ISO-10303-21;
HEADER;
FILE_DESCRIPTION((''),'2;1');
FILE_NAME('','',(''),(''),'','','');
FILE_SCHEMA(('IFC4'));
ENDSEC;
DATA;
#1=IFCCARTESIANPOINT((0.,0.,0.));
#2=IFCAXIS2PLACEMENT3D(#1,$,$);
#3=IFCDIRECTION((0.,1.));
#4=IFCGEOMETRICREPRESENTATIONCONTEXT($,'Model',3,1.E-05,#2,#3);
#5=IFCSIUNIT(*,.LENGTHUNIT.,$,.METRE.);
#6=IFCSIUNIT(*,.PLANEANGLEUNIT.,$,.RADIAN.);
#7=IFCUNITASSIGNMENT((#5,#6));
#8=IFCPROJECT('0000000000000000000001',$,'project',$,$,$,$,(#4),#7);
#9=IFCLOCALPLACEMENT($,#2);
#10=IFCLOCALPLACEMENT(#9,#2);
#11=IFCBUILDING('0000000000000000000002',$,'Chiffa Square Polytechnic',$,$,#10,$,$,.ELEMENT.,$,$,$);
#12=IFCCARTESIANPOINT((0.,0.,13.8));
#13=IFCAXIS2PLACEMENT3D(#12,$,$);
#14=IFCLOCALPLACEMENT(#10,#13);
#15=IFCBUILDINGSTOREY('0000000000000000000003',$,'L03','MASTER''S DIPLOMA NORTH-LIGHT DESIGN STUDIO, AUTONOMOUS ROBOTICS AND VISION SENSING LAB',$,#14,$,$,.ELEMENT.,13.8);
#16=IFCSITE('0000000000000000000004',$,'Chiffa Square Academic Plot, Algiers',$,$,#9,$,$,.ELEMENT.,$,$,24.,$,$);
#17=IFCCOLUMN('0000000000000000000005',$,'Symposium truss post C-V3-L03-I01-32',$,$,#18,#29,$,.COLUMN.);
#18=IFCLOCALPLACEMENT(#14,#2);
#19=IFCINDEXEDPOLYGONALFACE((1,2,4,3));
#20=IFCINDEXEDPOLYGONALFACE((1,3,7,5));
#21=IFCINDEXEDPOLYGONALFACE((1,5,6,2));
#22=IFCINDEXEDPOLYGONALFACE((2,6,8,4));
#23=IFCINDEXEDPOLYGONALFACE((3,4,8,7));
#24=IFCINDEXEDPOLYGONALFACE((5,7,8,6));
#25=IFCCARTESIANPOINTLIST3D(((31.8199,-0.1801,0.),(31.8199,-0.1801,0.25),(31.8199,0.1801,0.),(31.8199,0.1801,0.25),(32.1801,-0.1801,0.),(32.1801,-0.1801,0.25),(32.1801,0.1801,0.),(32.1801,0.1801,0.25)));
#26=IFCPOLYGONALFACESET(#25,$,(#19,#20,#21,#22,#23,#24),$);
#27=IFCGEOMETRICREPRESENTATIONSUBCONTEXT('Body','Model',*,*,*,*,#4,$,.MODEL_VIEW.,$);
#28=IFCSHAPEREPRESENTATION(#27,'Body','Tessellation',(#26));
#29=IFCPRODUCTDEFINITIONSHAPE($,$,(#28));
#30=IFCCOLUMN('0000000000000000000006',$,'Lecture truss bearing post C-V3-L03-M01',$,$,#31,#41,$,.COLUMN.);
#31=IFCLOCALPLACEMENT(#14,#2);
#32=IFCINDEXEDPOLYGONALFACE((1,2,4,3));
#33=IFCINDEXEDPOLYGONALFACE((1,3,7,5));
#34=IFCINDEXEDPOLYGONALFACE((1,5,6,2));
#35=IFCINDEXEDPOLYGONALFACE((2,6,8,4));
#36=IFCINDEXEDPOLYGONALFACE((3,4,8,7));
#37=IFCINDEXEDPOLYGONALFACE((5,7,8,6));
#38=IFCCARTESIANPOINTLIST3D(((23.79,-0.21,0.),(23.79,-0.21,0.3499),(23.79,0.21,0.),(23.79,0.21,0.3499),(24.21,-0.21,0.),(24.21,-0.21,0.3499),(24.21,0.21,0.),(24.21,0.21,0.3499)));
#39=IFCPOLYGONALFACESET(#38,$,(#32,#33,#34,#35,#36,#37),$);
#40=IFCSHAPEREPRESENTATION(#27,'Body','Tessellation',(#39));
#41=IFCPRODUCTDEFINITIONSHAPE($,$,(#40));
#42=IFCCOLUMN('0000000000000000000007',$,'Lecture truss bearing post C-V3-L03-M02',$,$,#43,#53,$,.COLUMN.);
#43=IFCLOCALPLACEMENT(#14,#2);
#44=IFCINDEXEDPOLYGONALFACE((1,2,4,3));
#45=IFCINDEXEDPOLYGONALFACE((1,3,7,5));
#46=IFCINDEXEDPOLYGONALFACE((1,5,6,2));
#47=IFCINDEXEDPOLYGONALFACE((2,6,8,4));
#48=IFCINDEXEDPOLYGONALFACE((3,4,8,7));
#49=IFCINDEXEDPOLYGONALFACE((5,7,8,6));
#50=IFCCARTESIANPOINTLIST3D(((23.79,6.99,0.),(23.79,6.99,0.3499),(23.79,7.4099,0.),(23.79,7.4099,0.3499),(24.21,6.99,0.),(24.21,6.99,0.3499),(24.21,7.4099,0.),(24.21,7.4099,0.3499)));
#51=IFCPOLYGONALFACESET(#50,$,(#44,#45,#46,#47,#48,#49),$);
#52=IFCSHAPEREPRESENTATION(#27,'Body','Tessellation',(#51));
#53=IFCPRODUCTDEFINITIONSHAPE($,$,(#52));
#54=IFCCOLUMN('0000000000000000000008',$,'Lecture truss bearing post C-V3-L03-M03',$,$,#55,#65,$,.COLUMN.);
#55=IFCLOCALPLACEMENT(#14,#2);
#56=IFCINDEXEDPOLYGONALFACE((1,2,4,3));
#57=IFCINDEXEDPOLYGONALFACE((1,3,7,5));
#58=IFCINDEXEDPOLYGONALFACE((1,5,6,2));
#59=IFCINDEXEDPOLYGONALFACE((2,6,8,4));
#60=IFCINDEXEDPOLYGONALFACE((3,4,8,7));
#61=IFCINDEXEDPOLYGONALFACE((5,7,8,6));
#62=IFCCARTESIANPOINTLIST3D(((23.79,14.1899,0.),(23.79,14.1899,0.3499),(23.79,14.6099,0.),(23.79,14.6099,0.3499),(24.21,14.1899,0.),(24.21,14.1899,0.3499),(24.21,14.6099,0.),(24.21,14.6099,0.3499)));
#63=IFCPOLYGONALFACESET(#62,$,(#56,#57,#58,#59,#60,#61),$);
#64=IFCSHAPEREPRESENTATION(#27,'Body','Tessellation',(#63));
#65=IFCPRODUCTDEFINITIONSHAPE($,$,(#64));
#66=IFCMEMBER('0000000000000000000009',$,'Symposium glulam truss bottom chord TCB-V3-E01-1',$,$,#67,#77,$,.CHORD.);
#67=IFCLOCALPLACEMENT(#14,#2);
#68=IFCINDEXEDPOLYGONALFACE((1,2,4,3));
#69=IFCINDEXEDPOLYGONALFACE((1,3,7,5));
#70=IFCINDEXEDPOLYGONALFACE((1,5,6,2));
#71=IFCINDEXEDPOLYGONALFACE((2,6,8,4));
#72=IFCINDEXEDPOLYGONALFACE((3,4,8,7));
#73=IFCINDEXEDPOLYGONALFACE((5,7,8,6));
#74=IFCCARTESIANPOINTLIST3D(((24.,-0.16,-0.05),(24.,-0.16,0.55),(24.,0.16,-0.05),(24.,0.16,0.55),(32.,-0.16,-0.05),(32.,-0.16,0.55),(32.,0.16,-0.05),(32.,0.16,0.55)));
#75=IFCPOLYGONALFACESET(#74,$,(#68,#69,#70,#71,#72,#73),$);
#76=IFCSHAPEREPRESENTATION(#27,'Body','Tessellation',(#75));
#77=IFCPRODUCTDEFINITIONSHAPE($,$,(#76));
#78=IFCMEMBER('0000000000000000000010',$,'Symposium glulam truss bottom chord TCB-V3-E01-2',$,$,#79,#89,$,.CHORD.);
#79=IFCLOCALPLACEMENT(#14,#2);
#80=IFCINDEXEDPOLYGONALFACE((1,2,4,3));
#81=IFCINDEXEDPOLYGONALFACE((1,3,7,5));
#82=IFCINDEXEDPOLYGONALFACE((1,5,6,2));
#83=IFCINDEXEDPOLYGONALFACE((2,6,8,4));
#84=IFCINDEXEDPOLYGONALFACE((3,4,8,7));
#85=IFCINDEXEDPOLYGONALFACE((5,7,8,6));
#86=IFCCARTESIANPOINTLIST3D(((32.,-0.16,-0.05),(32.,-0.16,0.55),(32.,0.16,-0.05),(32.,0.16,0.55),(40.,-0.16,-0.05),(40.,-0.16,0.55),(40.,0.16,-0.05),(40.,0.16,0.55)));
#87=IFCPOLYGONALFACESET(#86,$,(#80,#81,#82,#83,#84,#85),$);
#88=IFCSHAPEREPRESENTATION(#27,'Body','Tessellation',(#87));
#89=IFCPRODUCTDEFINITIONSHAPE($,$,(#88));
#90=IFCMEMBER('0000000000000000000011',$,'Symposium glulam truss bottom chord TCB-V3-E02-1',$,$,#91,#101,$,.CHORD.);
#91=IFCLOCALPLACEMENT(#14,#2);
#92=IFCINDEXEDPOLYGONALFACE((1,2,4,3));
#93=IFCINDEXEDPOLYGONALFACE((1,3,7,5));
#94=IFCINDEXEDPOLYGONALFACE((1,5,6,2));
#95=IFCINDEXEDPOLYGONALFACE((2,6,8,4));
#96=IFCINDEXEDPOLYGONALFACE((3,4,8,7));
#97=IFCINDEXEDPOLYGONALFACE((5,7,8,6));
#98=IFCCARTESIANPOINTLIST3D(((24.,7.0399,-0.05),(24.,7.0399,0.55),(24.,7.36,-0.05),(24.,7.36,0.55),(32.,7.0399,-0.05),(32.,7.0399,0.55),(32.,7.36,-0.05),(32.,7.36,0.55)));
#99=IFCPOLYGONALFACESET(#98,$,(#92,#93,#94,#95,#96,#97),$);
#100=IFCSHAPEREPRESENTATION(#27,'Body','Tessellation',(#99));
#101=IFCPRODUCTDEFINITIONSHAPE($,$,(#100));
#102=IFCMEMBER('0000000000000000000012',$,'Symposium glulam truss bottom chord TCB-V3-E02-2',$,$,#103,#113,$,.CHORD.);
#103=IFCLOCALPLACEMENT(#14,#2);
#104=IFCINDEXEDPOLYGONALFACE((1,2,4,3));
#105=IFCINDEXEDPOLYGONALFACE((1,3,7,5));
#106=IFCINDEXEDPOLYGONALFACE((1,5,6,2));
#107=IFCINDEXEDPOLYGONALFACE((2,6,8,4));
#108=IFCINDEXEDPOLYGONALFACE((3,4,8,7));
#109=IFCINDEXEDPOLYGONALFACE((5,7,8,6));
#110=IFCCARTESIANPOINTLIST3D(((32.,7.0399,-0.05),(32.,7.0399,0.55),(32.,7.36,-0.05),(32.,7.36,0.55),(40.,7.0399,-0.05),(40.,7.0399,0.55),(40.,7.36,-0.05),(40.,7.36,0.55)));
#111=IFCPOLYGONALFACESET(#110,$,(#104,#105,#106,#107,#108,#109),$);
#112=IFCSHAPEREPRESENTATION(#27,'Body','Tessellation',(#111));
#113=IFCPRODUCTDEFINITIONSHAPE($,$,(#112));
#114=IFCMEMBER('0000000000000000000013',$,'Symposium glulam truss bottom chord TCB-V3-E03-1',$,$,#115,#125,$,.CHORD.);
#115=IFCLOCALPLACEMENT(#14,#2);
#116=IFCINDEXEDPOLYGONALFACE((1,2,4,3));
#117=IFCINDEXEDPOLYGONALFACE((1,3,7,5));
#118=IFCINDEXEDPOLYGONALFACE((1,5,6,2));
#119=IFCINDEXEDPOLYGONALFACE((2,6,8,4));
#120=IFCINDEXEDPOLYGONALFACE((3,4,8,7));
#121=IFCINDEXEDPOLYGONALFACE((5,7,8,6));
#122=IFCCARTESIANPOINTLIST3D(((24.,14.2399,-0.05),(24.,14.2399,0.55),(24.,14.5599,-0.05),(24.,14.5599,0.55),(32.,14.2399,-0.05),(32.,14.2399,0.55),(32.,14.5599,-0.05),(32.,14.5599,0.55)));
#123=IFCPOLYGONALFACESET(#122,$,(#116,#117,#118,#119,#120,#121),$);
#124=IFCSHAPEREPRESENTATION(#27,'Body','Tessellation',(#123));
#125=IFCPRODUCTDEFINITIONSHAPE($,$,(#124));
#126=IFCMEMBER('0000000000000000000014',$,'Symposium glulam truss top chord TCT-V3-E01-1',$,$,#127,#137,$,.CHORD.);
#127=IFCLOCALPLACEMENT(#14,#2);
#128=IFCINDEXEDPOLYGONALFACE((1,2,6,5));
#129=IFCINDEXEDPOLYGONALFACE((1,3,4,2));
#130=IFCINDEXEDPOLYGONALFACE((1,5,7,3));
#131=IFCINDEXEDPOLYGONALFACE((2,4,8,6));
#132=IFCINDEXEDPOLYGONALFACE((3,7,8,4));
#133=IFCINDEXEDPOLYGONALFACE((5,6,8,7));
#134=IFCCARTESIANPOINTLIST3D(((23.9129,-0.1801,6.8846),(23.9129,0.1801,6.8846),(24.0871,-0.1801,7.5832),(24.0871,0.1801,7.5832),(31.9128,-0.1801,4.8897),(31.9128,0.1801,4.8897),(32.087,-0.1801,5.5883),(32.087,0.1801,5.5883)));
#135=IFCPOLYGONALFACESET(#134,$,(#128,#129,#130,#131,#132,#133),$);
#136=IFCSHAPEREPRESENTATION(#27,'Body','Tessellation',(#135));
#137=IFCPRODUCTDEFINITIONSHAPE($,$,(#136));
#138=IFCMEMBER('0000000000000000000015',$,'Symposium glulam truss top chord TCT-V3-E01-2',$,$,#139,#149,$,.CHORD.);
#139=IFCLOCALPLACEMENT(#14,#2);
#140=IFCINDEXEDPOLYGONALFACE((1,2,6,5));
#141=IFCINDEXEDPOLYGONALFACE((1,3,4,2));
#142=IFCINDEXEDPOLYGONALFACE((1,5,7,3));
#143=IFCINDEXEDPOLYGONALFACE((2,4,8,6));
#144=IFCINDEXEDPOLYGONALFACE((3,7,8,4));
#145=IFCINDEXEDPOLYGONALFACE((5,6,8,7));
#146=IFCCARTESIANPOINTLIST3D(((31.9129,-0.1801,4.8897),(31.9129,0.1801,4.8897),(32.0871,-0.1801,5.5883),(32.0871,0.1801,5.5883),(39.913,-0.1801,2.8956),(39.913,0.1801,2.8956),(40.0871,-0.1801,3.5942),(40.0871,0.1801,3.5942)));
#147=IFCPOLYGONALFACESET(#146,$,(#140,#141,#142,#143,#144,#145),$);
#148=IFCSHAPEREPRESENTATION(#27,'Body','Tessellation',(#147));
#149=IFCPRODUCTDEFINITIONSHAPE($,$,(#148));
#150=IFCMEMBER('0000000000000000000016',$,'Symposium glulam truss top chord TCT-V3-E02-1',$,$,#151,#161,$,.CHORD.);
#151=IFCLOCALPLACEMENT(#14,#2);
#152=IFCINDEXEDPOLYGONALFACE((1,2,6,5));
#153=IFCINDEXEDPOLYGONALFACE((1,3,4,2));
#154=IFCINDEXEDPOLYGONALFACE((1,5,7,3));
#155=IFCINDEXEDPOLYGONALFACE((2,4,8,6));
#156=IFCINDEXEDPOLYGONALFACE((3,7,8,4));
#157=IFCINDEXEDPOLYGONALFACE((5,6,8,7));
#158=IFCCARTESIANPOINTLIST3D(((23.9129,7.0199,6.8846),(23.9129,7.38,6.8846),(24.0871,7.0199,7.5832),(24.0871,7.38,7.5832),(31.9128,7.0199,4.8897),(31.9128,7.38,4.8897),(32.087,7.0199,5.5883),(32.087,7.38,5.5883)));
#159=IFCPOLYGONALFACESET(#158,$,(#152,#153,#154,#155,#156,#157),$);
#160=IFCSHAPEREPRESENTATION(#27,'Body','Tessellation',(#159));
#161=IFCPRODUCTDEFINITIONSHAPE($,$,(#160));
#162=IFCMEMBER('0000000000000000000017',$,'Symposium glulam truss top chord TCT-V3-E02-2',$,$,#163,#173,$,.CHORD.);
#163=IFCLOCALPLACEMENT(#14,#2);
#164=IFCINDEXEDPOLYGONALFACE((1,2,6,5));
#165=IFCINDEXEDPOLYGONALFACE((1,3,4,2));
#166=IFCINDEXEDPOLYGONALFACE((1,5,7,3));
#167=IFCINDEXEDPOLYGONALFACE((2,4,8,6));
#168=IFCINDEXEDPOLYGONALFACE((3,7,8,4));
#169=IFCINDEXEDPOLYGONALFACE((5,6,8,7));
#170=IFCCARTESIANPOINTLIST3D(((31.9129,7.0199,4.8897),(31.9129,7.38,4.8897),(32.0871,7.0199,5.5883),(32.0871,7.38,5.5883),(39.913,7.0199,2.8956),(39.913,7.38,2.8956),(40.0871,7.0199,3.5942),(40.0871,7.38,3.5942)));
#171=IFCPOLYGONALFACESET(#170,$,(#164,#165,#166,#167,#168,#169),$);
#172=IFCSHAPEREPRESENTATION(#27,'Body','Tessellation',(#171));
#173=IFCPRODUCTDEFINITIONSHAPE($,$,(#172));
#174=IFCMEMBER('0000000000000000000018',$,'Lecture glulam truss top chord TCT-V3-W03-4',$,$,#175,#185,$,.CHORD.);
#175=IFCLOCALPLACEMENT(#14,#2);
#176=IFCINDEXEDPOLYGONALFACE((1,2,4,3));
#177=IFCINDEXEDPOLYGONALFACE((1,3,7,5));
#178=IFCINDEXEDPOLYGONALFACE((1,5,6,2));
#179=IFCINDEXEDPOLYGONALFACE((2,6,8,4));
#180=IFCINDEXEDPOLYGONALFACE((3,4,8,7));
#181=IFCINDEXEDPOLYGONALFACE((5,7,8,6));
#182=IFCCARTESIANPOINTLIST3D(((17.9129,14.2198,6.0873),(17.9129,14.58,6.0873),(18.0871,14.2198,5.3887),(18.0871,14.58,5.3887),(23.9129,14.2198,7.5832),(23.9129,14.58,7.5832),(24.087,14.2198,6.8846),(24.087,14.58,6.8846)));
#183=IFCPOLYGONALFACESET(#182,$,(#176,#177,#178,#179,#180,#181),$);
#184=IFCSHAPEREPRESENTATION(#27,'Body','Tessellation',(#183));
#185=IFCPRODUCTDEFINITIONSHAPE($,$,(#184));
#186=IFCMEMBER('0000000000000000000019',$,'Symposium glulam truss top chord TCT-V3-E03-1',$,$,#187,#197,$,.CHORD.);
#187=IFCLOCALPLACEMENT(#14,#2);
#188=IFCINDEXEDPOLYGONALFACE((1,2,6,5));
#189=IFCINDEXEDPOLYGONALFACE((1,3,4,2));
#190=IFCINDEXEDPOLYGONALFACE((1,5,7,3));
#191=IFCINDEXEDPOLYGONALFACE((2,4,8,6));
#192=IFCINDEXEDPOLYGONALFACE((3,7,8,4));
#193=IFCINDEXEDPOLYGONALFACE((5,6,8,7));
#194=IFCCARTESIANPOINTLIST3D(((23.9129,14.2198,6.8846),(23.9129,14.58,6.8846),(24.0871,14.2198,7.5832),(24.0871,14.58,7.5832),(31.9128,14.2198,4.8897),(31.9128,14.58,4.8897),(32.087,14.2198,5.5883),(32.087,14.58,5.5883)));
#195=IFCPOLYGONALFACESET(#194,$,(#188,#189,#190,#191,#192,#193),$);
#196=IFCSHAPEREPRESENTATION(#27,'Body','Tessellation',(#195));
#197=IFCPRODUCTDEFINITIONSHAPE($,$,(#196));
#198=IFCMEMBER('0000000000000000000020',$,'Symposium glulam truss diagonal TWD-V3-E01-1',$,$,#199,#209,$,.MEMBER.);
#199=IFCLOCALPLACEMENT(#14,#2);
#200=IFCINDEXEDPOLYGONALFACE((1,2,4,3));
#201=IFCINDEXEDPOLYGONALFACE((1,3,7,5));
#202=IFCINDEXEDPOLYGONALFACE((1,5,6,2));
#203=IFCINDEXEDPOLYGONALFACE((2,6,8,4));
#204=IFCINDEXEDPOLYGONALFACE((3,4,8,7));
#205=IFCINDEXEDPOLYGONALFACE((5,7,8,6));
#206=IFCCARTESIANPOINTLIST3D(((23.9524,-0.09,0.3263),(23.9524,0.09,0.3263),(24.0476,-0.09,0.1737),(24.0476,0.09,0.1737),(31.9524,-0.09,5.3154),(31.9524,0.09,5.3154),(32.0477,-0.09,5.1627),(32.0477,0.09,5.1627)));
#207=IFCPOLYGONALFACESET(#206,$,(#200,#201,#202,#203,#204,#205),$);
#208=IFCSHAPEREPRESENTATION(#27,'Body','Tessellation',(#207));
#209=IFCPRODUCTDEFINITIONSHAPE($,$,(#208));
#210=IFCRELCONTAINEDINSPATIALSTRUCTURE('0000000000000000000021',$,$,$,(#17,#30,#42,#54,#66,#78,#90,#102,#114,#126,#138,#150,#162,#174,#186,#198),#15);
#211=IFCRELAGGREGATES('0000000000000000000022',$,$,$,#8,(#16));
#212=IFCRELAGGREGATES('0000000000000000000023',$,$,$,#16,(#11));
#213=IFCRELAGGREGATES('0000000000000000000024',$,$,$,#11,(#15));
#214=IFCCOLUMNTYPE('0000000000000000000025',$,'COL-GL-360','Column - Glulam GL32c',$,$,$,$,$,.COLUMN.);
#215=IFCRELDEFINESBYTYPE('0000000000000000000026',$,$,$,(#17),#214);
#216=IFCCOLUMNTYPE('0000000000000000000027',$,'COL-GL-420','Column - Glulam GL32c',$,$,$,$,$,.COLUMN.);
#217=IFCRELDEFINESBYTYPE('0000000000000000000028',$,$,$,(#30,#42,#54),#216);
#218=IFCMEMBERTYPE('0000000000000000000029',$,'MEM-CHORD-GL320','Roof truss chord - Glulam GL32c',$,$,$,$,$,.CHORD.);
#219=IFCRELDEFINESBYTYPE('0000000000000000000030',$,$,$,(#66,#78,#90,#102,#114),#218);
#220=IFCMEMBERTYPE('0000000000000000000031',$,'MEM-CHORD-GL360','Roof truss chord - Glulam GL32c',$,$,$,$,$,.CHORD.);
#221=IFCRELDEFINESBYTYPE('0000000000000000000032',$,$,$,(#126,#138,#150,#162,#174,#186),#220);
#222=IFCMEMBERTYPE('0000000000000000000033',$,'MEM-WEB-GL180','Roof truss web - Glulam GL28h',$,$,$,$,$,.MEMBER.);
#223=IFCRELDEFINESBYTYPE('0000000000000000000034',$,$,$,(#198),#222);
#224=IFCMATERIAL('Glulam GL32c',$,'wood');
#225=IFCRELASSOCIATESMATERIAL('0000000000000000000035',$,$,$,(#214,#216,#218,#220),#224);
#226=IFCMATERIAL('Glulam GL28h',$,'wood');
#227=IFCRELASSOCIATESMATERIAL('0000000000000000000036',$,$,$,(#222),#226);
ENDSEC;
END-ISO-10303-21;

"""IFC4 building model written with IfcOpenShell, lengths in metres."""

from ifc_helpers import new_model, si_unit, direction, frame, origin, origin_2d, place, context, subcontext, project, spatial, rectangle, extrude, material, material_profile, profile_set, type_object, element, save


model = new_model("IFC4")

# Units and contexts
model_context = context("Model", 3, precision=1e-05, world=origin(), true_north=direction((0.0, 1.0)))
body_context = subcontext(model_context, "Body", "Model", "MODEL_VIEW")
ifc_project = project(units=[si_unit("LENGTHUNIT", "METRE"), si_unit("PLANEANGLEUNIT", "RADIAN")], contexts=[model_context])

# Site, building, storey
site_placement = place(None, origin())
site = spatial("IfcSite", under=ifc_project, at=site_placement, Name="Chiffa Square Academic Plot, Algiers", CompositionType="ELEMENT", RefElevation=24.0)
building_placement = place(site_placement, origin())
building = spatial("IfcBuilding", under=site, at=building_placement, Name="Chiffa Square Polytechnic", CompositionType="ELEMENT")
storey_placement = place(building_placement, frame((0.0, 0.0, 13.8)))
storey = spatial("IfcBuildingStorey", under=building, at=storey_placement, Name="L03", Description="MASTER'S DIPLOMA NORTH-LIGHT DESIGN STUDIO, AUTONOMOUS ROBOTICS AND VISION SENSING LAB", CompositionType="ELEMENT", Elevation=13.8)

# Columns
ifc_material_1 = material(Name="Glulam GL32c", Category="wood")
ifc_material_profile_1 = material_profile(ifc_material_1, rectangle(XDim=0.3601, YDim=0.3601, at=origin_2d()), Name="GL32c 360x360")
ifc_profile_set_1 = profile_set([ifc_material_profile_1], Name="Glulam GL32c")
column_type_1 = type_object("IfcColumnType", Name="COL-GL-360", Description="Column - Glulam GL32c", PredefinedType="COLUMN", material=ifc_profile_set_1)
column_placement = place(storey_placement, frame((32.0, 0.0, 0.0), z_axis=(0.0, 0.0, 1.0), x_axis=(1.0, 0.0, 0.0)))
element("IfcColumn", 1, at=column_placement, inside=storey, type_object=column_type_1, Name="Symposium truss post C-V3-L03-I01-32", PredefinedType="COLUMN", context=body_context, shape_type="SweptSolid", body=[
    extrude(rectangle(XDim=0.3601, YDim=0.3601, at=origin_2d()), origin(), (0.0, 0.0, 1.0), 0.25),
])
ifc_material_profile_2 = material_profile(ifc_material_1, rectangle(XDim=0.4199, YDim=0.4199, at=origin_2d()), Name="GL32c 420x420")
ifc_profile_set_2 = profile_set([ifc_material_profile_2], Name="Glulam GL32c")
column_type_2 = type_object("IfcColumnType", Name="COL-GL-420", Description="Column - Glulam GL32c", PredefinedType="COLUMN", material=ifc_profile_set_2)
for number, where, z_axis, x_axis, name in (
    (2, (24.0, 0.0, 0.0), (0.0, 0.0, 1.0), (1.0, 0.0, 0.0), "Lecture truss bearing post C-V3-L03-M01"),
    (3, (24.0, 7.2, 0.0), (0.0, 0.0, 1.0), (1.0, 0.0, 0.0), "Lecture truss bearing post C-V3-L03-M02"),
    (4, (24.0, 14.3999, 0.0), (0.0, 0.0, 1.0), (1.0, 0.0, 0.0), "Lecture truss bearing post C-V3-L03-M03"),
):
    element("IfcColumn", number, at=place(storey_placement, frame(where, z_axis=z_axis, x_axis=x_axis)), inside=storey, type_object=column_type_2, Name=name, PredefinedType="COLUMN", context=body_context, shape_type="SweptSolid", body=[
        extrude(rectangle(XDim=0.4199, YDim=0.4199, at=origin_2d()), origin(), (0.0, 0.0, 1.0), 0.3499),
    ])

# Members
ifc_material_profile_3 = material_profile(ifc_material_1, rectangle(XDim=0.3201, YDim=0.6001, at=origin_2d()), Name="GL32c 320x600")
ifc_profile_set_3 = profile_set([ifc_material_profile_3], Name="Glulam GL32c")
member_type_1 = type_object("IfcMemberType", Name="MEM-CHORD-GL320", Description="Roof truss chord - Glulam GL32c", PredefinedType="CHORD", material=ifc_profile_set_3)
for number, where, z_axis, x_axis, name in (
    (5, (24.0, 0.0, 0.25), (1.0, 0.0, 0.0), (0.0, 1.0, 0.0), "Symposium glulam truss bottom chord TCB-V3-E01-1"),
    (6, (32.0, 0.0, 0.25), (1.0, 0.0, 0.0), (0.0, 1.0, 0.0), "Symposium glulam truss bottom chord TCB-V3-E01-2"),
    (7, (24.0, 7.2, 0.25), (1.0, 0.0, 0.0), (0.0, 1.0, 0.0), "Symposium glulam truss bottom chord TCB-V3-E02-1"),
    (8, (32.0, 7.2, 0.25), (1.0, 0.0, 0.0), (0.0, 1.0, 0.0), "Symposium glulam truss bottom chord TCB-V3-E02-2"),
    (9, (24.0, 14.3999, 0.25), (1.0, 0.0, 0.0), (0.0, 1.0, 0.0), "Symposium glulam truss bottom chord TCB-V3-E03-1"),
):
    element("IfcMember", number, at=place(storey_placement, frame(where, z_axis=z_axis, x_axis=x_axis)), inside=storey, type_object=member_type_1, Name=name, PredefinedType="CHORD", context=body_context, shape_type="SweptSolid", body=[
        extrude(rectangle(XDim=0.3201, YDim=0.6001, at=origin_2d()), origin(), (0.0, 0.0, 1.0), 8.0),
    ])
ifc_material_profile_4 = material_profile(ifc_material_1, rectangle(XDim=0.3601, YDim=0.72, at=origin_2d()), Name="GL32c 360x720")
ifc_profile_set_4 = profile_set([ifc_material_profile_4], Name="Glulam GL32c")
member_type_2 = type_object("IfcMemberType", Name="MEM-CHORD-GL360", Description="Roof truss chord - Glulam GL32c", PredefinedType="CHORD", material=ifc_profile_set_4)
for number, where, z_axis, x_axis, name in (
    (10, (24.0, 0.0, 7.2339), (0.970289, 0.0, -0.24195), (0.0, 1.0, 0.0), "Symposium glulam truss top chord TCT-V3-E01-1"),
    (11, (32.0, 0.0, 5.239), (0.970309, 0.0, -0.241867), (0.0, 1.0, 0.0), "Symposium glulam truss top chord TCT-V3-E01-2"),
    (12, (24.0, 7.2, 7.2339), (0.970289, 0.0, -0.24195), (0.0, 1.0, 0.0), "Symposium glulam truss top chord TCT-V3-E02-1"),
    (13, (32.0, 7.2, 5.239), (0.970309, 0.0, -0.241867), (0.0, 1.0, 0.0), "Symposium glulam truss top chord TCT-V3-E02-2"),
):
    element("IfcMember", number, at=place(storey_placement, frame(where, z_axis=z_axis, x_axis=x_axis)), inside=storey, type_object=member_type_2, Name=name, PredefinedType="CHORD", context=body_context, shape_type="SweptSolid", body=[
        extrude(rectangle(XDim=0.3601, YDim=0.72, at=origin_2d()), origin(), (0.0, 0.0, 1.0), 8.2449),
    ])
member_1_placement = place(storey_placement, frame((18.0, 14.3999, 5.738), z_axis=(0.9703, 0.0, 0.241904), x_axis=(0.0, 1.0, 0.0)))
element("IfcMember", 14, at=member_1_placement, inside=storey, type_object=member_type_2, Name="Lecture glulam truss top chord TCT-V3-W03-4", PredefinedType="CHORD", context=body_context, shape_type="SweptSolid", body=[
    extrude(rectangle(XDim=0.3601, YDim=0.72, at=origin_2d()), origin(), (0.0, 0.0, 1.0), 6.1836),
])
member_2_placement = place(storey_placement, frame((24.0, 14.3999, 7.2339), z_axis=(0.970289, 0.0, -0.24195), x_axis=(0.0, 1.0, 0.0)))
element("IfcMember", 15, at=member_2_placement, inside=storey, type_object=member_type_2, Name="Symposium glulam truss top chord TCT-V3-E03-1", PredefinedType="CHORD", context=body_context, shape_type="SweptSolid", body=[
    extrude(rectangle(XDim=0.3601, YDim=0.72, at=origin_2d()), origin(), (0.0, 0.0, 1.0), 8.2449),
])
ifc_material_2 = material(Name="Glulam GL28h", Category="wood")
ifc_material_profile_5 = material_profile(ifc_material_2, rectangle(XDim=0.1799, YDim=0.1799, at=origin_2d()), Name="GL28h 180x180")
ifc_profile_set_5 = profile_set([ifc_material_profile_5], Name="Glulam GL28h")
member_type_3 = type_object("IfcMemberType", Name="MEM-WEB-GL180", Description="Roof truss web - Glulam GL28h", PredefinedType="MEMBER", material=ifc_profile_set_5)
member_3_placement = place(storey_placement, frame((24.0, 0.0, 0.25), z_axis=(0.848522, 0.0, 0.529161), x_axis=(0.0, 1.0, 0.0)))
element("IfcMember", 16, at=member_3_placement, inside=storey, type_object=member_type_3, Name="Symposium glulam truss diagonal TWD-V3-E01-1", PredefinedType="MEMBER", context=body_context, shape_type="SweptSolid", body=[
    extrude(rectangle(XDim=0.1799, YDim=0.1799, at=origin_2d()), origin(), (0.0, 0.0, 1.0), 9.4282),
])

save(model, "model.ifc")
